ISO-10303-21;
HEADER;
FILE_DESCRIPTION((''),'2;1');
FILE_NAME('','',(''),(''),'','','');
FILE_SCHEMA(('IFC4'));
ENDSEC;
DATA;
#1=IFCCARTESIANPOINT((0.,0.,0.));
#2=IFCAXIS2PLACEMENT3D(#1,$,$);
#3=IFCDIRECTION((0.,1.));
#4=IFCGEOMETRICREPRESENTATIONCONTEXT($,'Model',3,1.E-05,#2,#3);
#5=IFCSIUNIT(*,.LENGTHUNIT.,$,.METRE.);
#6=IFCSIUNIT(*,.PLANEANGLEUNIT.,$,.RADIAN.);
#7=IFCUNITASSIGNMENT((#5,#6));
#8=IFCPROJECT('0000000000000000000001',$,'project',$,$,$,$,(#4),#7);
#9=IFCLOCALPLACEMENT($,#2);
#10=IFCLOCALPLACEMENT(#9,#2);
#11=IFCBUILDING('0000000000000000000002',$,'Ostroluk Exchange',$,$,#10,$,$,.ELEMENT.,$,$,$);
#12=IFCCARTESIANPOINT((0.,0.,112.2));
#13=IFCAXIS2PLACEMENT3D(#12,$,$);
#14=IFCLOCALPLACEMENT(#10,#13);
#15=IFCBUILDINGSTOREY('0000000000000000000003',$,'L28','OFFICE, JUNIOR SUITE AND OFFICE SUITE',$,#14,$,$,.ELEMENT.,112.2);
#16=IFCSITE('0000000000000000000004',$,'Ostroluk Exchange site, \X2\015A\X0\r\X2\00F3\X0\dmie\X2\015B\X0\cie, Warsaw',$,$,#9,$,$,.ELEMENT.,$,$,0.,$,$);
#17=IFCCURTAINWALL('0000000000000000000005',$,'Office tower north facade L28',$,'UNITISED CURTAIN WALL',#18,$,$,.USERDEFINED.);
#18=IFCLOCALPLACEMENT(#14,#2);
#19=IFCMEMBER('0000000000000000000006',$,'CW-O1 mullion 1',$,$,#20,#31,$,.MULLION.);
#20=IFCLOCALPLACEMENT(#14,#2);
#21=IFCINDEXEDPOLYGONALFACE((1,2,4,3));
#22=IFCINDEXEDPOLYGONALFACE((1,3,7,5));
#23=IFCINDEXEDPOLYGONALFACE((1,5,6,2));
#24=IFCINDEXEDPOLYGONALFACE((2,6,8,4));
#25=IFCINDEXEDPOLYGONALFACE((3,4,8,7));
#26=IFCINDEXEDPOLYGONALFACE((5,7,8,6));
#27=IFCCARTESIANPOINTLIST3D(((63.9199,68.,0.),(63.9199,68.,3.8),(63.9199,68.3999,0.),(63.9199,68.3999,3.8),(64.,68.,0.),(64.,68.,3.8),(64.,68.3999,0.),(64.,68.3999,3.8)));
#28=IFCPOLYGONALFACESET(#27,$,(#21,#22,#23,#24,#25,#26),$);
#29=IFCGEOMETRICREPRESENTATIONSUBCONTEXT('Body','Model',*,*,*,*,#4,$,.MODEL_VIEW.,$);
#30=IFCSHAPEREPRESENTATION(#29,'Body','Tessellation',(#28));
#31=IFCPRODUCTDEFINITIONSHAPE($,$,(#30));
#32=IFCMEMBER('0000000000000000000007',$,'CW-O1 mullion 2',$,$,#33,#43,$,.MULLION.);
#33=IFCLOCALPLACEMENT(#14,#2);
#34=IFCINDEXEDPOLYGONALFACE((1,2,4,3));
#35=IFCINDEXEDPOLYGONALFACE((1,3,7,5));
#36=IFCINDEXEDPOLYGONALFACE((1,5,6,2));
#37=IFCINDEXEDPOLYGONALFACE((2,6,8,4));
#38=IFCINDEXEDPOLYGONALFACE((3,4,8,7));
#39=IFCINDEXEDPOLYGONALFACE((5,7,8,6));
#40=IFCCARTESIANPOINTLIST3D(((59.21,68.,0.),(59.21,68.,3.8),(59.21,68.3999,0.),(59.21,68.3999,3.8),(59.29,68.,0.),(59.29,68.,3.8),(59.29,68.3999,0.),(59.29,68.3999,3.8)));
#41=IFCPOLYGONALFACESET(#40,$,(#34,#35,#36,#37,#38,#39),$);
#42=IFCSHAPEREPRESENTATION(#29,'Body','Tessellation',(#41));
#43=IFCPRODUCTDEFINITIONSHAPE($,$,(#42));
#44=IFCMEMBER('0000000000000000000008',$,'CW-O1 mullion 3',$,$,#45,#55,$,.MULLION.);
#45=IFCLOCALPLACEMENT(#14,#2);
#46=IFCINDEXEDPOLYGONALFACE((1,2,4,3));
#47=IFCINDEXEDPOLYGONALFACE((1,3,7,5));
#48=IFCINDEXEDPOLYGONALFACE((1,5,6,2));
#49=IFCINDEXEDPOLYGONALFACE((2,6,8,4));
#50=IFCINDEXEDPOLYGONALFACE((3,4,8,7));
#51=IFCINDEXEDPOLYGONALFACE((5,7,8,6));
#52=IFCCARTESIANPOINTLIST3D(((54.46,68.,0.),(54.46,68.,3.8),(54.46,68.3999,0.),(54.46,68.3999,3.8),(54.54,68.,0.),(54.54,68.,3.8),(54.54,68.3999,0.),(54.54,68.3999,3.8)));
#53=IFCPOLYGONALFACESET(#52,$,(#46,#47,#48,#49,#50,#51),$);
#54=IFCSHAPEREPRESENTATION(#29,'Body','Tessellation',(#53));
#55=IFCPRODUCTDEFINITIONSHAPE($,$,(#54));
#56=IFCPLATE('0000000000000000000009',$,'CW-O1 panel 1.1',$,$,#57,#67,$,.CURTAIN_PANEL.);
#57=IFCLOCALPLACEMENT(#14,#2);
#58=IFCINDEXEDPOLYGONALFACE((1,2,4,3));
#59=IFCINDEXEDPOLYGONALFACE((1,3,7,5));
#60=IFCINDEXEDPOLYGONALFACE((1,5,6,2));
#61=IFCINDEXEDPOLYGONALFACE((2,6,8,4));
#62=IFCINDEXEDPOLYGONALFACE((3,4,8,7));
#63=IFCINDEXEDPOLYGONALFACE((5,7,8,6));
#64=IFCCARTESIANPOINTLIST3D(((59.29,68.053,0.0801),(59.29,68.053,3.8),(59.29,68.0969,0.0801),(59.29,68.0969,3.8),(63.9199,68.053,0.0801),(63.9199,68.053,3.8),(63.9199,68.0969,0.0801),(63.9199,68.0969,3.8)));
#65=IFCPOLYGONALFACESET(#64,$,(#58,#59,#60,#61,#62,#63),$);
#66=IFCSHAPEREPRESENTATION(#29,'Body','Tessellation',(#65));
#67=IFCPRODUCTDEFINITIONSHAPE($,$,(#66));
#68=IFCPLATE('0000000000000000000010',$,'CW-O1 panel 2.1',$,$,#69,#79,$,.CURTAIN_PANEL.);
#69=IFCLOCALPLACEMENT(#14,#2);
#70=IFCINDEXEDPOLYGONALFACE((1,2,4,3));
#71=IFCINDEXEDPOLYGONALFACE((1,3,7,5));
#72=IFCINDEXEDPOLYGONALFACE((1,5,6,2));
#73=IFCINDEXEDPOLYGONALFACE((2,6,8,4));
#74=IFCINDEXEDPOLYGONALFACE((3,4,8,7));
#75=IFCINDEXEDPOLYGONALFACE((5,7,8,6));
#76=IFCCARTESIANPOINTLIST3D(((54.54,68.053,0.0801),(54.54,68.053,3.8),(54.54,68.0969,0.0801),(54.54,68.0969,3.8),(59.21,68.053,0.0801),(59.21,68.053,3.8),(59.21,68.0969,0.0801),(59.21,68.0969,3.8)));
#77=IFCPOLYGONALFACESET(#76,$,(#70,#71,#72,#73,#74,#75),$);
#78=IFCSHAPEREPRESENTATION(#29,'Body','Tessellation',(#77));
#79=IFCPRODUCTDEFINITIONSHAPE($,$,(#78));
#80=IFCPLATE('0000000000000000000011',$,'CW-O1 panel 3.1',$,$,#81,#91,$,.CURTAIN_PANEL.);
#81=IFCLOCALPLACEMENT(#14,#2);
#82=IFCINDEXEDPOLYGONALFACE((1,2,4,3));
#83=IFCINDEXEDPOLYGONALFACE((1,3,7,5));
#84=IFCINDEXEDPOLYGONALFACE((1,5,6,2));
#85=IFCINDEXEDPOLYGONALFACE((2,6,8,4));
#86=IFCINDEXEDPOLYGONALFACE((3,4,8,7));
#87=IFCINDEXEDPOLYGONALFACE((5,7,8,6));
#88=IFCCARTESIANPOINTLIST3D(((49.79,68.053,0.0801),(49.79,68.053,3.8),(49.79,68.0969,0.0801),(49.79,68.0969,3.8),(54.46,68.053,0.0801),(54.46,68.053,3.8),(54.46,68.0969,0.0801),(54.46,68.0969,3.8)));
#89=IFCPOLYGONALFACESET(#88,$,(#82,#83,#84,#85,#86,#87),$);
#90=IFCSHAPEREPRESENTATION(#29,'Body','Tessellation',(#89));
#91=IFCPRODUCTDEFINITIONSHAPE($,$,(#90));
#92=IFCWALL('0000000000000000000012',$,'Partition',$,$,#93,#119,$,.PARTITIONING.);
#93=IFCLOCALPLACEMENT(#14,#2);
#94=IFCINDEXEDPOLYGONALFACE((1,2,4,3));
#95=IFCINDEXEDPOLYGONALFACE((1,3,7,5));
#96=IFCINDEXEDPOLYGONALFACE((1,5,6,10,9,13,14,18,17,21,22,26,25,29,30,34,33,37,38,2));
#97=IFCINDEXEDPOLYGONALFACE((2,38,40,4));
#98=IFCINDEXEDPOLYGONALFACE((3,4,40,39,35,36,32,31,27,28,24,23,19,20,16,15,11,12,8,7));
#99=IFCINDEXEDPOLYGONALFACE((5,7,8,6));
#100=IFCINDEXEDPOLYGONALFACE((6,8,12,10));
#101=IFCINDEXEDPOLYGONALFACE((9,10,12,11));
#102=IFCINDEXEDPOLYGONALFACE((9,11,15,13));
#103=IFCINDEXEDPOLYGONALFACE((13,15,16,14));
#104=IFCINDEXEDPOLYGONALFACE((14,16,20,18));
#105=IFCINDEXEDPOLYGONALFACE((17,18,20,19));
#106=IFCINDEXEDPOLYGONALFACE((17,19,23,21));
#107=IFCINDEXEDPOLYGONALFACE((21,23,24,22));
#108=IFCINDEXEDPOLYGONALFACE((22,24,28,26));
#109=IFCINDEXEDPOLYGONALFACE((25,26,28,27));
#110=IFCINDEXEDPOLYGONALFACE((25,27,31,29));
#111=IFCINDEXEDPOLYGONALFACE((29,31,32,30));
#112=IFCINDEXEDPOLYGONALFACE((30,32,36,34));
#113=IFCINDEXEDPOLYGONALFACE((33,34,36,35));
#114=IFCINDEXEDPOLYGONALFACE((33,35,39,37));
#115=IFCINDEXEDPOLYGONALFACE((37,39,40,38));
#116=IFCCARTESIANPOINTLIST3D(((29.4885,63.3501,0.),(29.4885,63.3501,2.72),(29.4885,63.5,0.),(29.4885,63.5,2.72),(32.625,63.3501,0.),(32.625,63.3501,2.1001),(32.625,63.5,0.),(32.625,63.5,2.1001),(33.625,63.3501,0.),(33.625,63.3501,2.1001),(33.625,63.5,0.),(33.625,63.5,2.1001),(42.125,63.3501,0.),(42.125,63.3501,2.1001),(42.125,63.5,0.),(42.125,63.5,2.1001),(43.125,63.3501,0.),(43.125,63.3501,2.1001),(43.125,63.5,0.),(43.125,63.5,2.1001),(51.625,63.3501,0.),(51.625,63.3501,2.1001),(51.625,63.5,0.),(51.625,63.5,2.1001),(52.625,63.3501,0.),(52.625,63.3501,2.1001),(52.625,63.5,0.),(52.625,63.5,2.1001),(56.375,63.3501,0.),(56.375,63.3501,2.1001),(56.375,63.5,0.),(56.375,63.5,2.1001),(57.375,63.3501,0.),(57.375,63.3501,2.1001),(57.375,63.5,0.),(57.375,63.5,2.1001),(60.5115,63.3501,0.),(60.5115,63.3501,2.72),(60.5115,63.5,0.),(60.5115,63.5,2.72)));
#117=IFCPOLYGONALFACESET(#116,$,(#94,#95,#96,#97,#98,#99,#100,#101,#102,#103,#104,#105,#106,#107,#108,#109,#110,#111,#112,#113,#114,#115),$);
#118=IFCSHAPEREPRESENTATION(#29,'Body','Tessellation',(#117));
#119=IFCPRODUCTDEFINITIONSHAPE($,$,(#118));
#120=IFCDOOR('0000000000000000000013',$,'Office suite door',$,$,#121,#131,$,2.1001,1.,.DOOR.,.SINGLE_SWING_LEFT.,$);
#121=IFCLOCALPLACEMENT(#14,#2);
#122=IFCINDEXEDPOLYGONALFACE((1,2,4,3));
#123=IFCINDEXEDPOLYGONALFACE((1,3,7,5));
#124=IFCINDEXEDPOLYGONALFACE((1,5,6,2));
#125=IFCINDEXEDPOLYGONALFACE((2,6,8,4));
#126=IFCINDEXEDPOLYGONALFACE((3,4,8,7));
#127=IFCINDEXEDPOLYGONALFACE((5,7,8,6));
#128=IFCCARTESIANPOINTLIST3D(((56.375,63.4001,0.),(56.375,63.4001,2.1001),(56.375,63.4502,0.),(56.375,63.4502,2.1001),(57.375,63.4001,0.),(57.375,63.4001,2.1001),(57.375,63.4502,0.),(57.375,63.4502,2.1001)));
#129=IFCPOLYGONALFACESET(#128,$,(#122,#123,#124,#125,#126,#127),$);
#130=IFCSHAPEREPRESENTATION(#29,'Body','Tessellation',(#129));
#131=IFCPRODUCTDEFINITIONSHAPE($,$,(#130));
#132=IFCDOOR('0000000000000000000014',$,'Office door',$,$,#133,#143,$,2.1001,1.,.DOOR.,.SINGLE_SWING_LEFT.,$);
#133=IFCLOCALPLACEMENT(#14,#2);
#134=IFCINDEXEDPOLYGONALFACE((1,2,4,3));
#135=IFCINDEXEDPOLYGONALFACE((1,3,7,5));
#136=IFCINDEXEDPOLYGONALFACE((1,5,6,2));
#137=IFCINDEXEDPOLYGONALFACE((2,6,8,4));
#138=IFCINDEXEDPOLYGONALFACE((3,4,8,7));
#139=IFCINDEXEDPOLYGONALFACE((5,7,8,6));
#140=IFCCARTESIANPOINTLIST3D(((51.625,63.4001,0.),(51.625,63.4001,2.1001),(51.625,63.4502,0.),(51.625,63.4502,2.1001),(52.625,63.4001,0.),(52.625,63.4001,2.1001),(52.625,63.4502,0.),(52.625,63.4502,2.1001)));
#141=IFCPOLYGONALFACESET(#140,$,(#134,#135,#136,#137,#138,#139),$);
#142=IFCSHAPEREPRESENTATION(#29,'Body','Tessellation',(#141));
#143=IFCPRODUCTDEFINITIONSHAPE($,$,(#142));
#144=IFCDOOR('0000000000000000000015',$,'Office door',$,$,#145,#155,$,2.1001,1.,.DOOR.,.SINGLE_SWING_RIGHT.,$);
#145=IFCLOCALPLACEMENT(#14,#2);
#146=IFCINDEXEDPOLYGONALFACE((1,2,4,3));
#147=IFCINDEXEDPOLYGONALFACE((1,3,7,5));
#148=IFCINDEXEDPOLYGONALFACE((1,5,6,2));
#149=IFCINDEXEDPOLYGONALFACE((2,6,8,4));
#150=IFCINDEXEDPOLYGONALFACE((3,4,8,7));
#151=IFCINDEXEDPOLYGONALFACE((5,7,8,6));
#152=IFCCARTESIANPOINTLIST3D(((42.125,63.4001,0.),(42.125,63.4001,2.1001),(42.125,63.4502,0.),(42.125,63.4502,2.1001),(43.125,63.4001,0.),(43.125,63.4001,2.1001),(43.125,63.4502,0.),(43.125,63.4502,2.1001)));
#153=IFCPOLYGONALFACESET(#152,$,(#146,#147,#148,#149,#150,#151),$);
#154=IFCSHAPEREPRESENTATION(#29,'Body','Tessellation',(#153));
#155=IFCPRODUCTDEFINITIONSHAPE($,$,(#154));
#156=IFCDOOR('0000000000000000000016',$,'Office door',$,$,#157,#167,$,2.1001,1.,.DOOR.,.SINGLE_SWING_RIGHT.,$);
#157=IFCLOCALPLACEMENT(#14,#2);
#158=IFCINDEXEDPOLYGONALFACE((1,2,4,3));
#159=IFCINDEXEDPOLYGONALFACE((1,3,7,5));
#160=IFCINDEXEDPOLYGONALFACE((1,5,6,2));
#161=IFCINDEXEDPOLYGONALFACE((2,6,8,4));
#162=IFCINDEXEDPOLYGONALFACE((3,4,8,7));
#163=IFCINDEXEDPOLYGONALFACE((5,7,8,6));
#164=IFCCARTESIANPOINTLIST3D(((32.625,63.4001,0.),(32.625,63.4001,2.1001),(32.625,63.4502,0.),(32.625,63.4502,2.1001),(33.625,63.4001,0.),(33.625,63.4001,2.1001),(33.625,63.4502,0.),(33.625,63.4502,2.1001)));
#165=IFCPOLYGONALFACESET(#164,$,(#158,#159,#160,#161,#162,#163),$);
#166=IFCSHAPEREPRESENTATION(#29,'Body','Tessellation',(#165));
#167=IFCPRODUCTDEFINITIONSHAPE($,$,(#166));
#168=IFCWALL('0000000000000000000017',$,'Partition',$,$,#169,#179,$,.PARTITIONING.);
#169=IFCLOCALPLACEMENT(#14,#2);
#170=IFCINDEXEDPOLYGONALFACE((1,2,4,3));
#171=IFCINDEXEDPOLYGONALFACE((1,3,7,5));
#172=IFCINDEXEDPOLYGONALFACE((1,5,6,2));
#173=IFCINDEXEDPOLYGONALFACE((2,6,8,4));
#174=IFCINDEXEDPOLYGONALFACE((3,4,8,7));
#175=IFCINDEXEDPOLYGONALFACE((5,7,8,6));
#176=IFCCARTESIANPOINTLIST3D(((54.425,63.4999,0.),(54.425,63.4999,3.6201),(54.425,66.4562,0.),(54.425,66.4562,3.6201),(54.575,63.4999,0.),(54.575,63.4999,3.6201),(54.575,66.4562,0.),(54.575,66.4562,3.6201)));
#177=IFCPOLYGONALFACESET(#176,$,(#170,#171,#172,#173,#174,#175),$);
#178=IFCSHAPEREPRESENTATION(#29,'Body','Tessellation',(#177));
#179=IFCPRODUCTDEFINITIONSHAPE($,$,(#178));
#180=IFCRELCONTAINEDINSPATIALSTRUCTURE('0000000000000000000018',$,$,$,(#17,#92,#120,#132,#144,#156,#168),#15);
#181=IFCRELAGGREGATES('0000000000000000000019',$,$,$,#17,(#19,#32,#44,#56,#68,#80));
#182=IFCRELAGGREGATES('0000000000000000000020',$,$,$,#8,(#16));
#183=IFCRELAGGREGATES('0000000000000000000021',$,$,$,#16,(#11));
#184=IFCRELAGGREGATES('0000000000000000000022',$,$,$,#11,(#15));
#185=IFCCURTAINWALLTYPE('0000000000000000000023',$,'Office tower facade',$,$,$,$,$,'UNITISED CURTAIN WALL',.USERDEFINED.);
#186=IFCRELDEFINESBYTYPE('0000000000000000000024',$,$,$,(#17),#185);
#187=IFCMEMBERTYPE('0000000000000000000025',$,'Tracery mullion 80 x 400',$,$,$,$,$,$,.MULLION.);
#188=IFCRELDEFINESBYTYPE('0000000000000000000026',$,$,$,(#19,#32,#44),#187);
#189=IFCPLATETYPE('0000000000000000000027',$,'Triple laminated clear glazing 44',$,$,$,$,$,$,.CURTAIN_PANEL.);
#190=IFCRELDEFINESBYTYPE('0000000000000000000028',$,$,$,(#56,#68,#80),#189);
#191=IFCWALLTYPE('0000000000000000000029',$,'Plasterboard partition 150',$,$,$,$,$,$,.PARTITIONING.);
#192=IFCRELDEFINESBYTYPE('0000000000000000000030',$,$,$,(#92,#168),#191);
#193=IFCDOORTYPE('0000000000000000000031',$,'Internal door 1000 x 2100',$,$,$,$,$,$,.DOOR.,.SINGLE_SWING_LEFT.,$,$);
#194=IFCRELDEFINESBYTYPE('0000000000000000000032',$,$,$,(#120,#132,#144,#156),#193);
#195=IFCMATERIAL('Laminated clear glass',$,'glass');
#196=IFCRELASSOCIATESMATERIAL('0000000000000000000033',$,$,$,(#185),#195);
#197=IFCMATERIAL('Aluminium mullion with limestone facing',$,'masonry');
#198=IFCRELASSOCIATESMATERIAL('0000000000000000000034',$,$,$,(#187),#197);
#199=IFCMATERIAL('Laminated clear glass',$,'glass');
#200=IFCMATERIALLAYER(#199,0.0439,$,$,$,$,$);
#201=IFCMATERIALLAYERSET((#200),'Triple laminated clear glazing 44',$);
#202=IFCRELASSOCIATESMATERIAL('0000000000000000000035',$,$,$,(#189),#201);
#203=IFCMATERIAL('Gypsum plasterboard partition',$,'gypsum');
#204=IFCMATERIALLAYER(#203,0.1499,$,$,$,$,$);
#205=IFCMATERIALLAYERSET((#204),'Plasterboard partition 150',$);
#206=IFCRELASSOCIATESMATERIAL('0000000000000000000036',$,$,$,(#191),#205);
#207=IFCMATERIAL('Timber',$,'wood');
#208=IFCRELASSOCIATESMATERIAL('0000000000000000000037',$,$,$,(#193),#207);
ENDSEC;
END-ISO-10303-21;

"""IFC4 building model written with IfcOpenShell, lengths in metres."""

from ifc_helpers import new_model, si_unit, direction, frame, frame_2d, origin, origin_2d, place, context, subcontext, project, spatial, rectangle, extrude, material, layer, layer_set, material_profile, profile_set, type_object, element, fill, aggregate, save


model = new_model("IFC4")

# Units and contexts
model_context = context("Model", 3, precision=1e-05, world=origin(), true_north=direction((0.0, 1.0)))
body_context = subcontext(model_context, "Body", "Model", "MODEL_VIEW")
ifc_project = project(units=[si_unit("LENGTHUNIT", "METRE"), si_unit("PLANEANGLEUNIT", "RADIAN")], contexts=[model_context])

# Site, building, storey
site_placement = place(None, origin())
site = spatial("IfcSite", under=ifc_project, at=site_placement, Name="Ostroluk Exchange site, Śródmieście, Warsaw", CompositionType="ELEMENT", RefElevation=0.0)
building_placement = place(site_placement, origin())
building = spatial("IfcBuilding", under=site, at=building_placement, Name="Ostroluk Exchange", CompositionType="ELEMENT")
storey_placement = place(building_placement, frame((0.0, 0.0, 112.2)))
storey = spatial("IfcBuildingStorey", under=building, at=storey_placement, Name="L28", Description="OFFICE, JUNIOR SUITE AND OFFICE SUITE", CompositionType="ELEMENT", Elevation=112.2)

# Curtain wall, members, plates
ifc_material_1 = material(Name="Laminated clear glass", Category="glass")
curtain_wall_type = type_object("IfcCurtainWallType", Name="Office tower facade", ElementType="UNITISED CURTAIN WALL", PredefinedType="USERDEFINED", material=ifc_material_1)
curtain_wall_placement = place(storey_placement, origin())
curtain_wall = element("IfcCurtainWall", 1, at=curtain_wall_placement, inside=storey, type_object=curtain_wall_type, Name="Office tower north facade L28", ObjectType="UNITISED CURTAIN WALL", PredefinedType="USERDEFINED")
ifc_material_2 = material(Name="Aluminium mullion with limestone facing", Category="masonry")
ifc_material_profile_1 = material_profile(ifc_material_2, rectangle(XDim=0.3999, YDim=0.0801, at=origin_2d()), Name="Tracery mullion 80 x 400")
ifc_profile_set_1 = profile_set([ifc_material_profile_1], Name="Aluminium mullion with limestone facing")
member_type_1 = type_object("IfcMemberType", Name="Tracery mullion 80 x 400", PredefinedType="MULLION", material=ifc_profile_set_1)
member_1_placement = place(storey_placement, frame((63.96, 68.2, 0.0), z_axis=(0.0, 0.0, 1.0), x_axis=(0.0, -1.0, 0.0)))
member_1 = element("IfcMember", 2, at=member_1_placement, type_object=member_type_1, Name="CW-O1 mullion 1", PredefinedType="MULLION", context=body_context, shape_type="SweptSolid", body=[
    extrude(rectangle(XDim=0.3999, YDim=0.0801, at=origin_2d()), origin(), (0.0, 0.0, 1.0), 3.8),
])
member_2_placement = place(storey_placement, frame((59.25, 68.2, 0.0), z_axis=(0.0, 0.0, 1.0), x_axis=(0.0, -1.0, 0.0)))
member_2 = element("IfcMember", 3, at=member_2_placement, type_object=member_type_1, Name="CW-O1 mullion 2", PredefinedType="MULLION", context=body_context, shape_type="SweptSolid", body=[
    extrude(rectangle(XDim=0.3999, YDim=0.0801, at=origin_2d()), origin(), (0.0, 0.0, 1.0), 3.8),
])
member_3_placement = place(storey_placement, frame((54.5, 68.2, 0.0), z_axis=(0.0, 0.0, 1.0), x_axis=(0.0, -1.0, 0.0)))
member_3 = element("IfcMember", 4, at=member_3_placement, type_object=member_type_1, Name="CW-O1 mullion 3", PredefinedType="MULLION", context=body_context, shape_type="SweptSolid", body=[
    extrude(rectangle(XDim=0.3999, YDim=0.0801, at=origin_2d()), origin(), (0.0, 0.0, 1.0), 3.8),
])
ifc_material_3 = material(Name="Laminated clear glass", Category="glass")
ifc_layer_1 = layer(ifc_material_3, 0.0439)
ifc_layer_set_1 = layer_set([ifc_layer_1], Name="Triple laminated clear glazing 44")
plate_type = type_object("IfcPlateType", Name="Triple laminated clear glazing 44", PredefinedType="CURTAIN_PANEL", material=ifc_layer_set_1)
plate_1_placement = place(storey_placement, frame((61.605, 68.075, 0.0801), z_axis=(0.0, 0.0, 1.0), x_axis=(-1.0, 0.0, 0.0)))
plate_1 = element("IfcPlate", 5, at=plate_1_placement, type_object=plate_type, Name="CW-O1 panel 1.1", PredefinedType="CURTAIN_PANEL", context=body_context, shape_type="SweptSolid", body=[
    extrude(rectangle(XDim=4.6299, YDim=0.0439, at=origin_2d()), origin(), (0.0, 0.0, 1.0), 3.72),
])
plate_2_placement = place(storey_placement, frame((56.875, 68.075, 0.0801), z_axis=(0.0, 0.0, 1.0), x_axis=(-1.0, 0.0, 0.0)))
plate_2 = element("IfcPlate", 6, at=plate_2_placement, type_object=plate_type, Name="CW-O1 panel 2.1", PredefinedType="CURTAIN_PANEL", context=body_context, shape_type="SweptSolid", body=[
    extrude(rectangle(XDim=4.6699, YDim=0.0439, at=origin_2d()), origin(), (0.0, 0.0, 1.0), 3.72),
])
plate_3_placement = place(storey_placement, frame((52.125, 68.075, 0.0801), z_axis=(0.0, 0.0, 1.0), x_axis=(-1.0, 0.0, 0.0)))
plate_3 = element("IfcPlate", 7, at=plate_3_placement, type_object=plate_type, Name="CW-O1 panel 3.1", PredefinedType="CURTAIN_PANEL", context=body_context, shape_type="SweptSolid", body=[
    extrude(rectangle(XDim=4.6699, YDim=0.0439, at=origin_2d()), origin(), (0.0, 0.0, 1.0), 3.72),
])
aggregate(curtain_wall, [member_1, member_2, member_3, plate_1, plate_2, plate_3])

# Wall, openings, doors
ifc_material_4 = material(Name="Gypsum plasterboard partition", Category="gypsum")
ifc_layer_2 = layer(ifc_material_4, 0.1499)
ifc_layer_set_2 = layer_set([ifc_layer_2], Name="Plasterboard partition 150")
wall_type_1 = type_object("IfcWallType", Name="Plasterboard partition 150", PredefinedType="PARTITIONING", material=ifc_layer_set_2)
wall_1_placement = place(storey_placement, frame((60.5115, 63.425, 0.0), z_axis=(0.0, 0.0, 1.0), x_axis=(-1.0, 0.0, 0.0)))
wall_1 = element("IfcWall", 8, at=wall_1_placement, inside=storey, type_object=wall_type_1, Name="Partition", PredefinedType="PARTITIONING", context=body_context, shape_type="SweptSolid", body=[
    extrude(rectangle(XDim=31.0229, YDim=0.1499, at=frame_2d((15.5115, 0.0))), origin(), (0.0, 0.0, 1.0), 2.72),
])
opening_1_placement = place(wall_1_placement, frame((3.1365, 0.0, 0.0)))
opening_1 = element("IfcOpeningElement", 9, at=opening_1_placement, cuts=wall_1, PredefinedType="OPENING", context=body_context, shape_type="SweptSolid", body=[
    extrude(rectangle(XDim=1.0, YDim=2.1001, at=frame_2d((0.5, 1.05))), frame((0.0, 0.085, 0.0), z_axis=(0.0, -1.0, 0.0), x_axis=(1.0, 0.0, 0.0)), (0.0, 0.0, 1.0), 0.1699),
])
opening_2_placement = place(wall_1_placement, frame((7.8865, 0.0, 0.0)))
opening_2 = element("IfcOpeningElement", 10, at=opening_2_placement, cuts=wall_1, PredefinedType="OPENING", context=body_context, shape_type="SweptSolid", body=[
    extrude(rectangle(XDim=1.0, YDim=2.1001, at=frame_2d((0.5, 1.05))), frame((0.0, 0.085, 0.0), z_axis=(0.0, -1.0, 0.0), x_axis=(1.0, 0.0, 0.0)), (0.0, 0.0, 1.0), 0.1699),
])
opening_3_placement = place(wall_1_placement, frame((17.3865, 0.0, 0.0)))
opening_3 = element("IfcOpeningElement", 11, at=opening_3_placement, cuts=wall_1, PredefinedType="OPENING", context=body_context, shape_type="SweptSolid", body=[
    extrude(rectangle(XDim=1.0, YDim=2.1001, at=frame_2d((0.5, 1.05))), frame((0.0, 0.085, 0.0), z_axis=(0.0, -1.0, 0.0), x_axis=(1.0, 0.0, 0.0)), (0.0, 0.0, 1.0), 0.1699),
])
opening_4_placement = place(wall_1_placement, frame((26.8865, 0.0, 0.0)))
opening_4 = element("IfcOpeningElement", 12, at=opening_4_placement, cuts=wall_1, PredefinedType="OPENING", context=body_context, shape_type="SweptSolid", body=[
    extrude(rectangle(XDim=1.0, YDim=2.1001, at=frame_2d((0.5, 1.05))), frame((0.0, 0.085, 0.0), z_axis=(0.0, -1.0, 0.0), x_axis=(1.0, 0.0, 0.0)), (0.0, 0.0, 1.0), 0.1699),
])
ifc_material_5 = material(Name="Timber", Category="wood")
door_type_1 = type_object("IfcDoorType", Name="Internal door 1000 x 2100", OperationType="SINGLE_SWING_LEFT", PredefinedType="DOOR", material=ifc_material_5)
door_1_placement = place(opening_1_placement, origin())
door_1 = element("IfcDoor", 13, at=door_1_placement, inside=storey, type_object=door_type_1, Name="Office suite door", OperationType="SINGLE_SWING_LEFT", OverallHeight=2.1001, OverallWidth=1.0, PredefinedType="DOOR", context=body_context, shape_type="SweptSolid", body=[
    extrude(rectangle(XDim=1.0, YDim=2.1001, at=frame_2d((0.5, 1.05))), frame((0.0, 0.0249, 0.0), z_axis=(0.0, -1.0, 0.0), x_axis=(1.0, 0.0, 0.0)), (0.0, 0.0, 1.0), 0.05),
])
fill(opening_1, door_1)
door_2_placement = place(opening_2_placement, origin())
door_2 = element("IfcDoor", 14, at=door_2_placement, inside=storey, type_object=door_type_1, Name="Office door", OperationType="SINGLE_SWING_LEFT", OverallHeight=2.1001, OverallWidth=1.0, PredefinedType="DOOR", context=body_context, shape_type="SweptSolid", body=[
    extrude(rectangle(XDim=1.0, YDim=2.1001, at=frame_2d((0.5, 1.05))), frame((0.0, 0.0249, 0.0), z_axis=(0.0, -1.0, 0.0), x_axis=(1.0, 0.0, 0.0)), (0.0, 0.0, 1.0), 0.05),
])
fill(opening_2, door_2)
door_3_placement = place(opening_3_placement, origin())
door_3 = element("IfcDoor", 15, at=door_3_placement, inside=storey, type_object=door_type_1, Name="Office door", OperationType="SINGLE_SWING_RIGHT", OverallHeight=2.1001, OverallWidth=1.0, PredefinedType="DOOR", context=body_context, shape_type="SweptSolid", body=[
    extrude(rectangle(XDim=1.0, YDim=2.1001, at=frame_2d((0.5, 1.05))), frame((0.0, 0.0249, 0.0), z_axis=(0.0, -1.0, 0.0), x_axis=(1.0, 0.0, 0.0)), (0.0, 0.0, 1.0), 0.05),
])
fill(opening_3, door_3)
door_4_placement = place(opening_4_placement, origin())
door_4 = element("IfcDoor", 16, at=door_4_placement, inside=storey, type_object=door_type_1, Name="Office door", OperationType="SINGLE_SWING_RIGHT", OverallHeight=2.1001, OverallWidth=1.0, PredefinedType="DOOR", context=body_context, shape_type="SweptSolid", body=[
    extrude(rectangle(XDim=1.0, YDim=2.1001, at=frame_2d((0.5, 1.05))), frame((0.0, 0.0249, 0.0), z_axis=(0.0, -1.0, 0.0), x_axis=(1.0, 0.0, 0.0)), (0.0, 0.0, 1.0), 0.05),
])
fill(opening_4, door_4)

# Wall
wall_2_placement = place(storey_placement, frame((54.5, 63.5, 0.0), z_axis=(0.0, 0.0, 1.0), x_axis=(0.0, 1.0, 0.0)))
element("IfcWall", 17, at=wall_2_placement, inside=storey, type_object=wall_type_1, Name="Partition", PredefinedType="PARTITIONING", context=body_context, shape_type="SweptSolid", body=[
    extrude(rectangle(XDim=2.9563, YDim=0.1499, at=frame_2d((1.478, 0.0))), origin(), (0.0, 0.0, 1.0), 3.6201),
])

save(model, "model.ifc")
